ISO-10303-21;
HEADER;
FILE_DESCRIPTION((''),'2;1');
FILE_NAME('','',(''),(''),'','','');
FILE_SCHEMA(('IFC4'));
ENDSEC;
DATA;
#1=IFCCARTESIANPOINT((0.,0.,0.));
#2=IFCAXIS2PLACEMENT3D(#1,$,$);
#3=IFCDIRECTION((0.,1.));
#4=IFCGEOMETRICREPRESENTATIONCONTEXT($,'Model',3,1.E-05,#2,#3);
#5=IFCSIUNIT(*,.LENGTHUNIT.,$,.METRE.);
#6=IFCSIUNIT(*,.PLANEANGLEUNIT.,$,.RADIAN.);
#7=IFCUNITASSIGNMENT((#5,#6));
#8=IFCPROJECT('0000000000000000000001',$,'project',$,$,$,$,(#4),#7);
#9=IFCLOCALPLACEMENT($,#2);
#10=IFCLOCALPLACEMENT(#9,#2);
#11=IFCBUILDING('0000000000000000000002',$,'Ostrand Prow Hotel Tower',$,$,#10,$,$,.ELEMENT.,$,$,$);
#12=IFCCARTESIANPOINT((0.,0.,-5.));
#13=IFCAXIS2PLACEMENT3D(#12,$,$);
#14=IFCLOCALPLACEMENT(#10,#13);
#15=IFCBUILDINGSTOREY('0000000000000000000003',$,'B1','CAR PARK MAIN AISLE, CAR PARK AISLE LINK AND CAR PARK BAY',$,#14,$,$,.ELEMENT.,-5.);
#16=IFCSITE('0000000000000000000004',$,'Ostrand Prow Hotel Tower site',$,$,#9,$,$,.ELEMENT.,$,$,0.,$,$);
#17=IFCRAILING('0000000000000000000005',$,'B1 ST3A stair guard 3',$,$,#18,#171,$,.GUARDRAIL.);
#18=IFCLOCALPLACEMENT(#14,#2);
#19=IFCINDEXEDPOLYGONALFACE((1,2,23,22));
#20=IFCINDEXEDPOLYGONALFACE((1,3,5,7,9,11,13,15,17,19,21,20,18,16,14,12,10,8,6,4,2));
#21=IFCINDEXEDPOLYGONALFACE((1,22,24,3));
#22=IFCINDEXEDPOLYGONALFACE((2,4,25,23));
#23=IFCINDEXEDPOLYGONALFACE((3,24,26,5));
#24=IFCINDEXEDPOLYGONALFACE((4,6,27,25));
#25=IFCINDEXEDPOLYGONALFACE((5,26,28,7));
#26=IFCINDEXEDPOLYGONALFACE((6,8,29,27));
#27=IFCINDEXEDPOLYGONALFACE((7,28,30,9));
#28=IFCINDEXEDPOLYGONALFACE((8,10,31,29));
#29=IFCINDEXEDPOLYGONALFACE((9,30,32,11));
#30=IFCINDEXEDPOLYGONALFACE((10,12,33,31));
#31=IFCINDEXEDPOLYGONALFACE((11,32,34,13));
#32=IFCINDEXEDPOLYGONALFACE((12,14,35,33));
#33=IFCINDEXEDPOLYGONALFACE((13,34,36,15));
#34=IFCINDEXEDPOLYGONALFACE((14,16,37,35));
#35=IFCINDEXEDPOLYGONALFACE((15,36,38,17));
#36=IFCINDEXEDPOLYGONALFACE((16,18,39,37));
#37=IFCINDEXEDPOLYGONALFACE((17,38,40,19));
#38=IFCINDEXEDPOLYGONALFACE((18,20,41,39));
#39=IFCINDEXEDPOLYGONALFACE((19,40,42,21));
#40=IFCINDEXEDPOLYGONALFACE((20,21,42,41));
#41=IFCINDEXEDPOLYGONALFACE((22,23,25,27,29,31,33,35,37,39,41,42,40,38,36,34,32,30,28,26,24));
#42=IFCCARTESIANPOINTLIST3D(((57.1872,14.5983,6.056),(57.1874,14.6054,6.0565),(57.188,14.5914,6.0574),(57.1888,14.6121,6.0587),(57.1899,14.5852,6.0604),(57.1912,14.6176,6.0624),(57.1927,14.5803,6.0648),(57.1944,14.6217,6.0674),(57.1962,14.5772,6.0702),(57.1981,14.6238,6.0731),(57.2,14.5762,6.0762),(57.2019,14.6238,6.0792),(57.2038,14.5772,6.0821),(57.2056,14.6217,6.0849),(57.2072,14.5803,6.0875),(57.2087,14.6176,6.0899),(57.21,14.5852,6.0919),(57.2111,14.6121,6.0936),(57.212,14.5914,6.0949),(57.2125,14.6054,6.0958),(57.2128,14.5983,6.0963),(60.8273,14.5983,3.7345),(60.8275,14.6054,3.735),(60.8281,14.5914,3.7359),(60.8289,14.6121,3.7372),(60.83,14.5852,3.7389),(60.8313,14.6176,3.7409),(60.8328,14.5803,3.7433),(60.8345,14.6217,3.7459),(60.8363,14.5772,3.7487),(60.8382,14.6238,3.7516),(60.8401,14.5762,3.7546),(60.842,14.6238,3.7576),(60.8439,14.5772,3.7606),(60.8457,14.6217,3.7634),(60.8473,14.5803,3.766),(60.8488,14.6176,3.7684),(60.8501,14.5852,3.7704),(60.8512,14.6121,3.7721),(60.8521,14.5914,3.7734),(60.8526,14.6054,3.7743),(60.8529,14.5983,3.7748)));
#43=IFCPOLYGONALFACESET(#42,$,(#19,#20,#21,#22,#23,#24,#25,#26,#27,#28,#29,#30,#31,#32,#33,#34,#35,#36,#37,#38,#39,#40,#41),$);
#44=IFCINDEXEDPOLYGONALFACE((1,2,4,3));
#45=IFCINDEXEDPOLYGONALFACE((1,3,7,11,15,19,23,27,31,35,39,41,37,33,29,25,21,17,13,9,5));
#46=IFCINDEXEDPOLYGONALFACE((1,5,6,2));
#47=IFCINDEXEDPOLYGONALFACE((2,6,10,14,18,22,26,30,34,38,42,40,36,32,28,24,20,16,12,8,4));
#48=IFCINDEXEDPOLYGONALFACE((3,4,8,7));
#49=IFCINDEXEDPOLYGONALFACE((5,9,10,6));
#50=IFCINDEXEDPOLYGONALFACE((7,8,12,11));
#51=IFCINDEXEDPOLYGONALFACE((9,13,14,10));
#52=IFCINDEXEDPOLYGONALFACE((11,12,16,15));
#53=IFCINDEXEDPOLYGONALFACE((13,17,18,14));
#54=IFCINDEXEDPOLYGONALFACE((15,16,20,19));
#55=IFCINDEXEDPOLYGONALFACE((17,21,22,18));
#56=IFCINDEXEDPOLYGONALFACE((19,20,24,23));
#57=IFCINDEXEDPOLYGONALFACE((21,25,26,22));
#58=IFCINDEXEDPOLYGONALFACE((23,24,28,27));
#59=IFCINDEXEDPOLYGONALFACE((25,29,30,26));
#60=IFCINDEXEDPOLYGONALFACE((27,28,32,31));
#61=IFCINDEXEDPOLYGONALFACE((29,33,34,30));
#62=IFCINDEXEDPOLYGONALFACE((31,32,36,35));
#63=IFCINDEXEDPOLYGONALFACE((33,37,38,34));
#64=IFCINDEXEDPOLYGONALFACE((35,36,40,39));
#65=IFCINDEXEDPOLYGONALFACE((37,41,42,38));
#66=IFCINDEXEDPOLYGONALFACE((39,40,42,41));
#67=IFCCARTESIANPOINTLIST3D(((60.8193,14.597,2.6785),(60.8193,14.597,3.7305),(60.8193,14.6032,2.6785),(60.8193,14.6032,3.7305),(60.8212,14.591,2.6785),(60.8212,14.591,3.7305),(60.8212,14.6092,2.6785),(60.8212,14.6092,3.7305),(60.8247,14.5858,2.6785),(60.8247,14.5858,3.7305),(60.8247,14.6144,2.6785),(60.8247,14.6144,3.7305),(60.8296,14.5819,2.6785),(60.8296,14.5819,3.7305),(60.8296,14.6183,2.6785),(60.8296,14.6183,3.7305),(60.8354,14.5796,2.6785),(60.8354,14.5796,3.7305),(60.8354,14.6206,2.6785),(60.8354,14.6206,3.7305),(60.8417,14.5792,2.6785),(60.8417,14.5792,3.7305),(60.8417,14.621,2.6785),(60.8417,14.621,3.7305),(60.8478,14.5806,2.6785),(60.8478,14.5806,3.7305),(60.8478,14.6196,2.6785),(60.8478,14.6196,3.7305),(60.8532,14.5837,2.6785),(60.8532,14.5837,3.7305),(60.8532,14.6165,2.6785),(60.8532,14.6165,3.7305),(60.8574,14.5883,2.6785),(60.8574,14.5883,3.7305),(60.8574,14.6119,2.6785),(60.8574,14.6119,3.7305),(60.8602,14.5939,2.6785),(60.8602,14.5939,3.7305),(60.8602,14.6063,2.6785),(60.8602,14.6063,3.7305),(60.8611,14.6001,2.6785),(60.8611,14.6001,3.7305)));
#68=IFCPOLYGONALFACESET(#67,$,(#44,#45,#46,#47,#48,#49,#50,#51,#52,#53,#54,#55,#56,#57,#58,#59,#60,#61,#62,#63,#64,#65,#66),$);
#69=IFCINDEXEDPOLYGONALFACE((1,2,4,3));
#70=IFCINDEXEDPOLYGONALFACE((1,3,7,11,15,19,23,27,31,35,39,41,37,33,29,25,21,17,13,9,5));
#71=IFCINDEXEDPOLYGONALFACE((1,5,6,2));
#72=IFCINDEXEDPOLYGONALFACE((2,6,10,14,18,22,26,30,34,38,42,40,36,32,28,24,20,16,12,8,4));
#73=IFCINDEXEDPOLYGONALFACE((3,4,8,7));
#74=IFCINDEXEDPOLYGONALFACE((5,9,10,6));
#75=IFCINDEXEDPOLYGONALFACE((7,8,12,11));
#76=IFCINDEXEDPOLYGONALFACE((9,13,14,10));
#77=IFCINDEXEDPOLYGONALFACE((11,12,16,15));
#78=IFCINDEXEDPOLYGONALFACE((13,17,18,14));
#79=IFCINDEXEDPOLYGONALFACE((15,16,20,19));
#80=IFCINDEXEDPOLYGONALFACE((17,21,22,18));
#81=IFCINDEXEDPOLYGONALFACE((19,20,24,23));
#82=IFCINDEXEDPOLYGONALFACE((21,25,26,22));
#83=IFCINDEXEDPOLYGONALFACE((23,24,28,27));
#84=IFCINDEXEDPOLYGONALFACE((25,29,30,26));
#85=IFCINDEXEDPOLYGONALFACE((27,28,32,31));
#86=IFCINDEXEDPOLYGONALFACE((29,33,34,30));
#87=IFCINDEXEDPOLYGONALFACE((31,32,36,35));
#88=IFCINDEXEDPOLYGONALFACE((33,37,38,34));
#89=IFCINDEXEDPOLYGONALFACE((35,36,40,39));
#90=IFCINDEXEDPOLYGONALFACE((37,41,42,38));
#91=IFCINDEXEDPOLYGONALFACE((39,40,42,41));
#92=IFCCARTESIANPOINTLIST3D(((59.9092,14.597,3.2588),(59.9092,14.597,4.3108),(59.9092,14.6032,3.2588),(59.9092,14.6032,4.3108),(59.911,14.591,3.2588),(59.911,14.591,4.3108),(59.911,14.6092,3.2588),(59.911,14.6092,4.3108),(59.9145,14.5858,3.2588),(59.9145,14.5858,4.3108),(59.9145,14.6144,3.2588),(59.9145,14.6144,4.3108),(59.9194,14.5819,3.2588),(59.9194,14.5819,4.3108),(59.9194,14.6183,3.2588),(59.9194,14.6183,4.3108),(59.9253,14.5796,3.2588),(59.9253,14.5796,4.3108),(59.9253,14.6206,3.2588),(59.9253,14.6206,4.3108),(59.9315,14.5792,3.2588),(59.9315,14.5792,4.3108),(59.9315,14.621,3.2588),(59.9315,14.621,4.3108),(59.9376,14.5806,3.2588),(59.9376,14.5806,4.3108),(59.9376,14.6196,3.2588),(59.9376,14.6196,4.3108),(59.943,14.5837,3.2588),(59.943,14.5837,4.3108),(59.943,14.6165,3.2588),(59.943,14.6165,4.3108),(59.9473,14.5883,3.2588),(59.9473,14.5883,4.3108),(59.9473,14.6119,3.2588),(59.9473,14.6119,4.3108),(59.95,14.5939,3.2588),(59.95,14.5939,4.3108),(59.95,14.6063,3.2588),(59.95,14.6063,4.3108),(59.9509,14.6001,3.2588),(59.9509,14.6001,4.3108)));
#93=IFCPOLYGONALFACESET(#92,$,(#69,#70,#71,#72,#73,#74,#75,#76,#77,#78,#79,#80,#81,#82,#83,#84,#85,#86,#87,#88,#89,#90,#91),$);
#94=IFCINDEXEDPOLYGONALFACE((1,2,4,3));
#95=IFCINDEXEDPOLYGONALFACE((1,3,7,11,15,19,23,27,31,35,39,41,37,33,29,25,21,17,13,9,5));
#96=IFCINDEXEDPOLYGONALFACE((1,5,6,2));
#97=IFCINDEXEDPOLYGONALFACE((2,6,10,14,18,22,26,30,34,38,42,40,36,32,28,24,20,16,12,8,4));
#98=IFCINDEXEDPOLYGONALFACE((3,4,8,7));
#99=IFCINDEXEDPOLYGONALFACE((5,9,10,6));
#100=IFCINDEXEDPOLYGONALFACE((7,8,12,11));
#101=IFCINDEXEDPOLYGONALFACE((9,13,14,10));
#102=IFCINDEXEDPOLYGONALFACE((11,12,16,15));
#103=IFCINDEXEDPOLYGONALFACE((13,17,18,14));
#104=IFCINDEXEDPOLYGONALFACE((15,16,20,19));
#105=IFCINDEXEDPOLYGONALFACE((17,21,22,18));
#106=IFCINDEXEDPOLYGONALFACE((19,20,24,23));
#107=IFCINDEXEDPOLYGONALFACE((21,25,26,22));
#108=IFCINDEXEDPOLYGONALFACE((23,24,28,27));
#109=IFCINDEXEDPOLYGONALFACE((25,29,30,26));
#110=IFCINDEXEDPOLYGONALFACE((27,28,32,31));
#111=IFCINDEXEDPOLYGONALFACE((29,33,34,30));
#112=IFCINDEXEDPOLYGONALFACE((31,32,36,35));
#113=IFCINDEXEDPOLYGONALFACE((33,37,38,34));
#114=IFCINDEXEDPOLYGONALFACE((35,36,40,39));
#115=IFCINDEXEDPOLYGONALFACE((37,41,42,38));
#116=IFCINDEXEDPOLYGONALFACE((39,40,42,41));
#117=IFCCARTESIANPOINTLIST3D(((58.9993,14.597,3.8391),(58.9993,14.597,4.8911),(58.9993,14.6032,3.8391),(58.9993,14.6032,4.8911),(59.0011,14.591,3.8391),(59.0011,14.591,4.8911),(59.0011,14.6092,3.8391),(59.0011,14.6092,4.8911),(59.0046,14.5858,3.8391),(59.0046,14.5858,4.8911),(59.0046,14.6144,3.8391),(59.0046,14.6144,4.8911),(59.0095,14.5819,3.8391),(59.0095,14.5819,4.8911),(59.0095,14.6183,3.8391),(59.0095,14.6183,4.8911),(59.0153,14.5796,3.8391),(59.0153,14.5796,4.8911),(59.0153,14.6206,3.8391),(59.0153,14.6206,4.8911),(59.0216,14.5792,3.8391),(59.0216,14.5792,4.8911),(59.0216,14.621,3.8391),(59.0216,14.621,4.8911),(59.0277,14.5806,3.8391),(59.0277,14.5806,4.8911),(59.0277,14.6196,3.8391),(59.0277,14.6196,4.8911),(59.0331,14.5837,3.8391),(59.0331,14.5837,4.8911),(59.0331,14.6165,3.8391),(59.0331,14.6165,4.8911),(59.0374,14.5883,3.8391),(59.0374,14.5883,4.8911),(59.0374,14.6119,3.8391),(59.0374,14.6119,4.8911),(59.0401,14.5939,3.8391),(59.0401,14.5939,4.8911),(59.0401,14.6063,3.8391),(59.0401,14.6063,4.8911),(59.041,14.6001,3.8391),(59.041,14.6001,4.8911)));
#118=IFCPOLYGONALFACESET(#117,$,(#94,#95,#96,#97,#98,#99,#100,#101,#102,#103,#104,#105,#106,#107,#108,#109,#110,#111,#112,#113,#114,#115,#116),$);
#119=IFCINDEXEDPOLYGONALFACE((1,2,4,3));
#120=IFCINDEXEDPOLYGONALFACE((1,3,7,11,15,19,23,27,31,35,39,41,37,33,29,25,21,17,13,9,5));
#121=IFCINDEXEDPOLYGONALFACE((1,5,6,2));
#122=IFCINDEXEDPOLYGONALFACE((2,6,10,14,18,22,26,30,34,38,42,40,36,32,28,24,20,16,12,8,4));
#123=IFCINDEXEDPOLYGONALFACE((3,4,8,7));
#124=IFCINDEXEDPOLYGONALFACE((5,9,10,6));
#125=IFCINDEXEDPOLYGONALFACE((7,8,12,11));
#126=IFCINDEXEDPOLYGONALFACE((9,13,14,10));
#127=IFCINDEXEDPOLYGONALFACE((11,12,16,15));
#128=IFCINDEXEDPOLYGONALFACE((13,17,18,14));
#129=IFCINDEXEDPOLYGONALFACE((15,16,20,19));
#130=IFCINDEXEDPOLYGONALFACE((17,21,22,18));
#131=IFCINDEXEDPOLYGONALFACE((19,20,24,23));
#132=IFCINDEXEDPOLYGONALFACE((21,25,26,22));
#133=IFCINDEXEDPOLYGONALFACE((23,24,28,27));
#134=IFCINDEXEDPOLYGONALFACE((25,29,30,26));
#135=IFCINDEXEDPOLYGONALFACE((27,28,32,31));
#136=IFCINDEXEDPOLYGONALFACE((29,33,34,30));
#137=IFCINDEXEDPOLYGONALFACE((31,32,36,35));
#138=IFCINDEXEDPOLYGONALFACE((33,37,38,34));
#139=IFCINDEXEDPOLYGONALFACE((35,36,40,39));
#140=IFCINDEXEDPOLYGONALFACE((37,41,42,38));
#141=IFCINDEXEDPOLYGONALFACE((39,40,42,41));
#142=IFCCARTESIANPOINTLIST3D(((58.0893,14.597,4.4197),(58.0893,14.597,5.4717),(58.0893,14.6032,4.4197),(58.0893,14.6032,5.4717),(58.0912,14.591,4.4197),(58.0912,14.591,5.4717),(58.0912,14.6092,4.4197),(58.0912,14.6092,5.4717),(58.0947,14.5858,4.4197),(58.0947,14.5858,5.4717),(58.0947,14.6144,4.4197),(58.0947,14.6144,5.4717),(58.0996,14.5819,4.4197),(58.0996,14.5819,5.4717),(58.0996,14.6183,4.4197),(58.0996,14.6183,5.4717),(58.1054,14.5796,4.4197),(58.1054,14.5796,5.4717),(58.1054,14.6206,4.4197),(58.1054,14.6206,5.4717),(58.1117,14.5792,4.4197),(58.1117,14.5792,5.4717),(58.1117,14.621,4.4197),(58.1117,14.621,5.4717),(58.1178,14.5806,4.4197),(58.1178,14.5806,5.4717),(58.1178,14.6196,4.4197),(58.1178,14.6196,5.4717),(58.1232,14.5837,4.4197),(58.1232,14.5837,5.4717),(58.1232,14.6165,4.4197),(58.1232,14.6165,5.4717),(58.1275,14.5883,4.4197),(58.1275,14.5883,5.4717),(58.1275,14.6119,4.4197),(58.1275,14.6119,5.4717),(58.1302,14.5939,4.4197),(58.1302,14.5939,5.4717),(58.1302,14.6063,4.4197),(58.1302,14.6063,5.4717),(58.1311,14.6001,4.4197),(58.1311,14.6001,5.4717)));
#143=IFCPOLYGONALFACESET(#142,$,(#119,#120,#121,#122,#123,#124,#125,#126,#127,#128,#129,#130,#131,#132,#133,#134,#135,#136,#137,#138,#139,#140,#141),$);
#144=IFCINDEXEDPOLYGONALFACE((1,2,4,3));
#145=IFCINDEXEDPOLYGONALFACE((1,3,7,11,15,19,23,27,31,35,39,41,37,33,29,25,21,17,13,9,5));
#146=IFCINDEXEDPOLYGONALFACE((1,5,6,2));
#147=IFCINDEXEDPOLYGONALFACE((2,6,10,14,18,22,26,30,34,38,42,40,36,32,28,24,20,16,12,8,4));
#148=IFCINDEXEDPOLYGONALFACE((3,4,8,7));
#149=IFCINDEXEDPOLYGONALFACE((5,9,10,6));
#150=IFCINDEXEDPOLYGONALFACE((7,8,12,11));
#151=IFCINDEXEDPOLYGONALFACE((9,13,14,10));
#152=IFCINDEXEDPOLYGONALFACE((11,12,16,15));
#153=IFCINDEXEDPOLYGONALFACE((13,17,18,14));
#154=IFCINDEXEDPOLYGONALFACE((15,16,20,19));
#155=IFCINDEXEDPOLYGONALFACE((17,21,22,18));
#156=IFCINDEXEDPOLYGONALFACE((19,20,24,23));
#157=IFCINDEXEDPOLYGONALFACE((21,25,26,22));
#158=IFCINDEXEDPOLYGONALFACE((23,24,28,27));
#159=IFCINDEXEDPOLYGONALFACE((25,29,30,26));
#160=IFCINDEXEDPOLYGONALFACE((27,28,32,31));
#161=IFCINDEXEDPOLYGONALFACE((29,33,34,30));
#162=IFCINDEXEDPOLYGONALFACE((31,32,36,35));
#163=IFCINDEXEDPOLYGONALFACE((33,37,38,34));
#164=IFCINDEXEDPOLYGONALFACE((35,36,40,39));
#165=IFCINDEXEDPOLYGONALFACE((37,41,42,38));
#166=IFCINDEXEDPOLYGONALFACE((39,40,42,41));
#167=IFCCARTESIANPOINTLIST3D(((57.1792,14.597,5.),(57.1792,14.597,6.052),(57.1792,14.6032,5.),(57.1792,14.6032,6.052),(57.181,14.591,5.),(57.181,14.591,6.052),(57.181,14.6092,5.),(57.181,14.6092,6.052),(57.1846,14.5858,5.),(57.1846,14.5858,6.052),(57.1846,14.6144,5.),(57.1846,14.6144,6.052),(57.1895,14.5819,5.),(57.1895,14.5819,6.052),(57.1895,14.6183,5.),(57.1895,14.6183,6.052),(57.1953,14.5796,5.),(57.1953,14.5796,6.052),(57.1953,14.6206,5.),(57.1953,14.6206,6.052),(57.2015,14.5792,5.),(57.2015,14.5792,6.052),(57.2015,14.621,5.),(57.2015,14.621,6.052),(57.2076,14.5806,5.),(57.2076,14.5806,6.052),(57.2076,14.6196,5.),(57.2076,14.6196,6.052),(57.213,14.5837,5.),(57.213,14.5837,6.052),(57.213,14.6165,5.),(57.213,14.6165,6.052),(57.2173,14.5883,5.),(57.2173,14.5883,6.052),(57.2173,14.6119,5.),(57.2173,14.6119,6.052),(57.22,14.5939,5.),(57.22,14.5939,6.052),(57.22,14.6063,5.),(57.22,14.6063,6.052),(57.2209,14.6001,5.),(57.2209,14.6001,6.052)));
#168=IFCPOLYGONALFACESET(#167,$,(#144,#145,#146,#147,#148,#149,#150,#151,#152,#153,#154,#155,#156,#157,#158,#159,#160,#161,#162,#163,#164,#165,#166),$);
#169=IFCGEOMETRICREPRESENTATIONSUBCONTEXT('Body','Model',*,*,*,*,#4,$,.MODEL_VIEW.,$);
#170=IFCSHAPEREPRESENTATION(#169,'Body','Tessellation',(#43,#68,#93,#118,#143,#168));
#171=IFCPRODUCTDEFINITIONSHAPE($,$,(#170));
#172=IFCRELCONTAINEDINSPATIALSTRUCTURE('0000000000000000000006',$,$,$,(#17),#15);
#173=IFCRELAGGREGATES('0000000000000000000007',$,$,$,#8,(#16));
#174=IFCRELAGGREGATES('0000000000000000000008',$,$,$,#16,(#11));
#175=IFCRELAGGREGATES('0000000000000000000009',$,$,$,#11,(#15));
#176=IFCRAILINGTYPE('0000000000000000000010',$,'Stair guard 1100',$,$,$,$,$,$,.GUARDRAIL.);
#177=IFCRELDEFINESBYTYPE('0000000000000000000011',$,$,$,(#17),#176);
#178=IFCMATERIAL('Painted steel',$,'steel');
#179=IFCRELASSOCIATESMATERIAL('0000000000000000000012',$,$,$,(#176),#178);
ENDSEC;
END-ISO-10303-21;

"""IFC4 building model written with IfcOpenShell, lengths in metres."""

from ifc_helpers import new_model, si_unit, direction, frame, origin, origin_2d, place, context, subcontext, project, spatial, circle, extrude, material, type_object, element, save


model = new_model("IFC4")

# Units and contexts
model_context = context("Model", 3, precision=1e-05, world=origin(), true_north=direction((0.0, 1.0)))
body_context = subcontext(model_context, "Body", "Model", "MODEL_VIEW")
ifc_project = project(units=[si_unit("LENGTHUNIT", "METRE"), si_unit("PLANEANGLEUNIT", "RADIAN")], contexts=[model_context])

# Site, building, storey
site_placement = place(None, origin())
site = spatial("IfcSite", under=ifc_project, at=site_placement, Name="Ostrand Prow Hotel Tower site", CompositionType="ELEMENT", RefElevation=0.0)
building_placement = place(site_placement, origin())
building = spatial("IfcBuilding", under=site, at=building_placement, Name="Ostrand Prow Hotel Tower", CompositionType="ELEMENT")
storey_placement = place(building_placement, frame((0.0, 0.0, -5.0)))
storey = spatial("IfcBuildingStorey", under=building, at=storey_placement, Name="B1", Description="CAR PARK MAIN AISLE, CAR PARK AISLE LINK AND CAR PARK BAY", CompositionType="ELEMENT", Elevation=-5.0)

# Railing
ifc_material_1 = material(Name="Painted steel", Category="steel")
railing_type_1 = type_object("IfcRailingType", Name="Stair guard 1100", PredefinedType="GUARDRAIL", material=ifc_material_1)
railing_1_placement = place(storey_placement, frame((60.8401, 14.6001, 2.6785)))
element("IfcRailing", 1, at=railing_1_placement, inside=storey, type_object=railing_type_1, Name="B1 ST3A stair guard 3", PredefinedType="GUARDRAIL", context=body_context, shape_type="SweptSolid", body=[
    extrude(circle(Radius=0.0239, at=origin_2d()), frame((0.0, 0.0, 1.0762), z_axis=(-0.843128, 0.0, 0.537713), x_axis=(0.0, -1.0, 0.0)), (0.0, 0.0, 1.0), 4.3174),
    extrude(circle(Radius=0.021, at=origin_2d()), origin(), (0.0, 0.0, 1.0), 1.052),
    extrude(circle(Radius=0.021, at=origin_2d()), frame((-0.9102, 0.0, 0.5803)), (0.0, 0.0, 1.0), 1.052),
    extrude(circle(Radius=0.021, at=origin_2d()), frame((-1.8201, 0.0, 1.1606)), (0.0, 0.0, 1.0), 1.052),
    extrude(circle(Radius=0.021, at=origin_2d()), frame((-2.73, 0.0, 1.7412)), (0.0, 0.0, 1.0), 1.052),
    extrude(circle(Radius=0.021, at=origin_2d()), frame((-3.6401, 0.0, 2.3215)), (0.0, 0.0, 1.0), 1.052),
])

save(model, "model.ifc")
